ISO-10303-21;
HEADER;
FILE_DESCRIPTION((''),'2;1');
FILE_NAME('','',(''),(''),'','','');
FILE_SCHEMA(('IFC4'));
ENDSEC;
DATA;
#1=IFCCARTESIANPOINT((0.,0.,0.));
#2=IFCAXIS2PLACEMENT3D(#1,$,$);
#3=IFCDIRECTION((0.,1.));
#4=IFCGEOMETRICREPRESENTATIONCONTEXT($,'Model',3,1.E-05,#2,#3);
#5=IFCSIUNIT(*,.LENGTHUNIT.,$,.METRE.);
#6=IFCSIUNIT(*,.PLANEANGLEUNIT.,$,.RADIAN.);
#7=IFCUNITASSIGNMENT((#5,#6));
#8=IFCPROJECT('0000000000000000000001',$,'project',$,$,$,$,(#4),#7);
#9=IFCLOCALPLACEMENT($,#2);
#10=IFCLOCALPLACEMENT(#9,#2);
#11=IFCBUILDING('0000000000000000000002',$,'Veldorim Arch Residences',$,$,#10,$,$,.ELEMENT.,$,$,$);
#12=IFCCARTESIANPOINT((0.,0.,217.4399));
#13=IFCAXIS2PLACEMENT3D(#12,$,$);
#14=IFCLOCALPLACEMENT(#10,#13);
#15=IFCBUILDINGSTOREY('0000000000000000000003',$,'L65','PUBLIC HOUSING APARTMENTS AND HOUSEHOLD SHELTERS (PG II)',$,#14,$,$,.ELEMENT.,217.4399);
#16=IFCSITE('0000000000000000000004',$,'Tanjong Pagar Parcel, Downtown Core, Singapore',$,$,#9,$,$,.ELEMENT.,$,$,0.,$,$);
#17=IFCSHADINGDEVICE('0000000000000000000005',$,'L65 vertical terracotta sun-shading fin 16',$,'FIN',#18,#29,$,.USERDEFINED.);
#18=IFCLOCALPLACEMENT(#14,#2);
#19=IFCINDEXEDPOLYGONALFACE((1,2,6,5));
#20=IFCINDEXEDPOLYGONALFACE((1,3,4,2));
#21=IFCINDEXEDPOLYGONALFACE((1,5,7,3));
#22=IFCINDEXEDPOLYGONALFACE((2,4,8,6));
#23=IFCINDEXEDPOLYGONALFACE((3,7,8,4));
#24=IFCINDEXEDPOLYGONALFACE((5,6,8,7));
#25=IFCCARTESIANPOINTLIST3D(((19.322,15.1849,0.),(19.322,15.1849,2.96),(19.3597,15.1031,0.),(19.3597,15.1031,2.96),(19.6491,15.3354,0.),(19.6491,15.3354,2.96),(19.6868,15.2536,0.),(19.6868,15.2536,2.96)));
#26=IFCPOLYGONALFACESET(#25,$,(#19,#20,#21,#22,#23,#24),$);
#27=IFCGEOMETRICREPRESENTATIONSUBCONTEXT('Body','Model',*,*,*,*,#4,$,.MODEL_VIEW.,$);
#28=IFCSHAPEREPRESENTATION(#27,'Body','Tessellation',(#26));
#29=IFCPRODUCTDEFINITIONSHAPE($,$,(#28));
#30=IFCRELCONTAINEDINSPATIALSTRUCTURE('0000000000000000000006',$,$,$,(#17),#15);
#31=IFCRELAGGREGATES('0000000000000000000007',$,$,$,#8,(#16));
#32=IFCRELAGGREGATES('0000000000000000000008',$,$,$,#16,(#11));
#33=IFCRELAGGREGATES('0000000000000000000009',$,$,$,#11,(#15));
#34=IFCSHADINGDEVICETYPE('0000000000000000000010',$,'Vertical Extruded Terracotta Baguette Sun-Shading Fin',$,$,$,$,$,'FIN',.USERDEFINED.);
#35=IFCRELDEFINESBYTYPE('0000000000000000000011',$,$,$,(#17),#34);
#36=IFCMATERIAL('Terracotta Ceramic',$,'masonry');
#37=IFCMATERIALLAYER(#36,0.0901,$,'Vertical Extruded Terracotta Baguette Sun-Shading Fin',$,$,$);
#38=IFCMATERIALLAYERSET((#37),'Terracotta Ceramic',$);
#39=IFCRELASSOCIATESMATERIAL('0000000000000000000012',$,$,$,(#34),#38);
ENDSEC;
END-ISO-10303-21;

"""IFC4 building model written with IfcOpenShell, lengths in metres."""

from ifc_helpers import new_model, si_unit, direction, frame, origin, origin_2d, place, context, subcontext, project, spatial, rectangle, extrude, material, layer, layer_set, type_object, element, save


model = new_model("IFC4")

# Units and contexts
model_context = context("Model", 3, precision=1e-05, world=origin(), true_north=direction((0.0, 1.0)))
body_context = subcontext(model_context, "Body", "Model", "MODEL_VIEW")
ifc_project = project(units=[si_unit("LENGTHUNIT", "METRE"), si_unit("PLANEANGLEUNIT", "RADIAN")], contexts=[model_context])

# Site, building, storey
site_placement = place(None, origin())
site = spatial("IfcSite", under=ifc_project, at=site_placement, Name="Tanjong Pagar Parcel, Downtown Core, Singapore", CompositionType="ELEMENT", RefElevation=0.0)
building_placement = place(site_placement, origin())
building = spatial("IfcBuilding", under=site, at=building_placement, Name="Veldorim Arch Residences", CompositionType="ELEMENT")
storey_placement = place(building_placement, frame((0.0, 0.0, 217.4399)))
storey = spatial("IfcBuildingStorey", under=building, at=storey_placement, Name="L65", Description="PUBLIC HOUSING APARTMENTS AND HOUSEHOLD SHELTERS (PG II)", CompositionType="ELEMENT", Elevation=217.4399)

# Shading device
ifc_material_1 = material(Name="Terracotta Ceramic", Category="masonry")
ifc_layer_1 = layer(ifc_material_1, 0.0901, Name="Vertical Extruded Terracotta Baguette Sun-Shading Fin")
ifc_layer_set_1 = layer_set([ifc_layer_1], Name="Terracotta Ceramic")
shading_device_type = type_object("IfcShadingDeviceType", Name="Vertical Extruded Terracotta Baguette Sun-Shading Fin", ElementType="FIN", PredefinedType="USERDEFINED", material=ifc_layer_set_1)
shading_device_placement = place(storey_placement, frame((19.5044, 15.2192, 0.0), z_axis=(0.0, 0.0, 1.0), x_axis=(-0.418026, 0.908435, 0.0)))
element("IfcShadingDevice", 1, at=shading_device_placement, inside=storey, type_object=shading_device_type, Name="L65 vertical terracotta sun-shading fin 16", ObjectType="FIN", PredefinedType="USERDEFINED", context=body_context, shape_type="SweptSolid", body=[
    extrude(rectangle(XDim=0.0901, YDim=0.3601, at=origin_2d()), origin(), (0.0, 0.0, 1.0), 2.96),
])

save(model, "model.ifc")
